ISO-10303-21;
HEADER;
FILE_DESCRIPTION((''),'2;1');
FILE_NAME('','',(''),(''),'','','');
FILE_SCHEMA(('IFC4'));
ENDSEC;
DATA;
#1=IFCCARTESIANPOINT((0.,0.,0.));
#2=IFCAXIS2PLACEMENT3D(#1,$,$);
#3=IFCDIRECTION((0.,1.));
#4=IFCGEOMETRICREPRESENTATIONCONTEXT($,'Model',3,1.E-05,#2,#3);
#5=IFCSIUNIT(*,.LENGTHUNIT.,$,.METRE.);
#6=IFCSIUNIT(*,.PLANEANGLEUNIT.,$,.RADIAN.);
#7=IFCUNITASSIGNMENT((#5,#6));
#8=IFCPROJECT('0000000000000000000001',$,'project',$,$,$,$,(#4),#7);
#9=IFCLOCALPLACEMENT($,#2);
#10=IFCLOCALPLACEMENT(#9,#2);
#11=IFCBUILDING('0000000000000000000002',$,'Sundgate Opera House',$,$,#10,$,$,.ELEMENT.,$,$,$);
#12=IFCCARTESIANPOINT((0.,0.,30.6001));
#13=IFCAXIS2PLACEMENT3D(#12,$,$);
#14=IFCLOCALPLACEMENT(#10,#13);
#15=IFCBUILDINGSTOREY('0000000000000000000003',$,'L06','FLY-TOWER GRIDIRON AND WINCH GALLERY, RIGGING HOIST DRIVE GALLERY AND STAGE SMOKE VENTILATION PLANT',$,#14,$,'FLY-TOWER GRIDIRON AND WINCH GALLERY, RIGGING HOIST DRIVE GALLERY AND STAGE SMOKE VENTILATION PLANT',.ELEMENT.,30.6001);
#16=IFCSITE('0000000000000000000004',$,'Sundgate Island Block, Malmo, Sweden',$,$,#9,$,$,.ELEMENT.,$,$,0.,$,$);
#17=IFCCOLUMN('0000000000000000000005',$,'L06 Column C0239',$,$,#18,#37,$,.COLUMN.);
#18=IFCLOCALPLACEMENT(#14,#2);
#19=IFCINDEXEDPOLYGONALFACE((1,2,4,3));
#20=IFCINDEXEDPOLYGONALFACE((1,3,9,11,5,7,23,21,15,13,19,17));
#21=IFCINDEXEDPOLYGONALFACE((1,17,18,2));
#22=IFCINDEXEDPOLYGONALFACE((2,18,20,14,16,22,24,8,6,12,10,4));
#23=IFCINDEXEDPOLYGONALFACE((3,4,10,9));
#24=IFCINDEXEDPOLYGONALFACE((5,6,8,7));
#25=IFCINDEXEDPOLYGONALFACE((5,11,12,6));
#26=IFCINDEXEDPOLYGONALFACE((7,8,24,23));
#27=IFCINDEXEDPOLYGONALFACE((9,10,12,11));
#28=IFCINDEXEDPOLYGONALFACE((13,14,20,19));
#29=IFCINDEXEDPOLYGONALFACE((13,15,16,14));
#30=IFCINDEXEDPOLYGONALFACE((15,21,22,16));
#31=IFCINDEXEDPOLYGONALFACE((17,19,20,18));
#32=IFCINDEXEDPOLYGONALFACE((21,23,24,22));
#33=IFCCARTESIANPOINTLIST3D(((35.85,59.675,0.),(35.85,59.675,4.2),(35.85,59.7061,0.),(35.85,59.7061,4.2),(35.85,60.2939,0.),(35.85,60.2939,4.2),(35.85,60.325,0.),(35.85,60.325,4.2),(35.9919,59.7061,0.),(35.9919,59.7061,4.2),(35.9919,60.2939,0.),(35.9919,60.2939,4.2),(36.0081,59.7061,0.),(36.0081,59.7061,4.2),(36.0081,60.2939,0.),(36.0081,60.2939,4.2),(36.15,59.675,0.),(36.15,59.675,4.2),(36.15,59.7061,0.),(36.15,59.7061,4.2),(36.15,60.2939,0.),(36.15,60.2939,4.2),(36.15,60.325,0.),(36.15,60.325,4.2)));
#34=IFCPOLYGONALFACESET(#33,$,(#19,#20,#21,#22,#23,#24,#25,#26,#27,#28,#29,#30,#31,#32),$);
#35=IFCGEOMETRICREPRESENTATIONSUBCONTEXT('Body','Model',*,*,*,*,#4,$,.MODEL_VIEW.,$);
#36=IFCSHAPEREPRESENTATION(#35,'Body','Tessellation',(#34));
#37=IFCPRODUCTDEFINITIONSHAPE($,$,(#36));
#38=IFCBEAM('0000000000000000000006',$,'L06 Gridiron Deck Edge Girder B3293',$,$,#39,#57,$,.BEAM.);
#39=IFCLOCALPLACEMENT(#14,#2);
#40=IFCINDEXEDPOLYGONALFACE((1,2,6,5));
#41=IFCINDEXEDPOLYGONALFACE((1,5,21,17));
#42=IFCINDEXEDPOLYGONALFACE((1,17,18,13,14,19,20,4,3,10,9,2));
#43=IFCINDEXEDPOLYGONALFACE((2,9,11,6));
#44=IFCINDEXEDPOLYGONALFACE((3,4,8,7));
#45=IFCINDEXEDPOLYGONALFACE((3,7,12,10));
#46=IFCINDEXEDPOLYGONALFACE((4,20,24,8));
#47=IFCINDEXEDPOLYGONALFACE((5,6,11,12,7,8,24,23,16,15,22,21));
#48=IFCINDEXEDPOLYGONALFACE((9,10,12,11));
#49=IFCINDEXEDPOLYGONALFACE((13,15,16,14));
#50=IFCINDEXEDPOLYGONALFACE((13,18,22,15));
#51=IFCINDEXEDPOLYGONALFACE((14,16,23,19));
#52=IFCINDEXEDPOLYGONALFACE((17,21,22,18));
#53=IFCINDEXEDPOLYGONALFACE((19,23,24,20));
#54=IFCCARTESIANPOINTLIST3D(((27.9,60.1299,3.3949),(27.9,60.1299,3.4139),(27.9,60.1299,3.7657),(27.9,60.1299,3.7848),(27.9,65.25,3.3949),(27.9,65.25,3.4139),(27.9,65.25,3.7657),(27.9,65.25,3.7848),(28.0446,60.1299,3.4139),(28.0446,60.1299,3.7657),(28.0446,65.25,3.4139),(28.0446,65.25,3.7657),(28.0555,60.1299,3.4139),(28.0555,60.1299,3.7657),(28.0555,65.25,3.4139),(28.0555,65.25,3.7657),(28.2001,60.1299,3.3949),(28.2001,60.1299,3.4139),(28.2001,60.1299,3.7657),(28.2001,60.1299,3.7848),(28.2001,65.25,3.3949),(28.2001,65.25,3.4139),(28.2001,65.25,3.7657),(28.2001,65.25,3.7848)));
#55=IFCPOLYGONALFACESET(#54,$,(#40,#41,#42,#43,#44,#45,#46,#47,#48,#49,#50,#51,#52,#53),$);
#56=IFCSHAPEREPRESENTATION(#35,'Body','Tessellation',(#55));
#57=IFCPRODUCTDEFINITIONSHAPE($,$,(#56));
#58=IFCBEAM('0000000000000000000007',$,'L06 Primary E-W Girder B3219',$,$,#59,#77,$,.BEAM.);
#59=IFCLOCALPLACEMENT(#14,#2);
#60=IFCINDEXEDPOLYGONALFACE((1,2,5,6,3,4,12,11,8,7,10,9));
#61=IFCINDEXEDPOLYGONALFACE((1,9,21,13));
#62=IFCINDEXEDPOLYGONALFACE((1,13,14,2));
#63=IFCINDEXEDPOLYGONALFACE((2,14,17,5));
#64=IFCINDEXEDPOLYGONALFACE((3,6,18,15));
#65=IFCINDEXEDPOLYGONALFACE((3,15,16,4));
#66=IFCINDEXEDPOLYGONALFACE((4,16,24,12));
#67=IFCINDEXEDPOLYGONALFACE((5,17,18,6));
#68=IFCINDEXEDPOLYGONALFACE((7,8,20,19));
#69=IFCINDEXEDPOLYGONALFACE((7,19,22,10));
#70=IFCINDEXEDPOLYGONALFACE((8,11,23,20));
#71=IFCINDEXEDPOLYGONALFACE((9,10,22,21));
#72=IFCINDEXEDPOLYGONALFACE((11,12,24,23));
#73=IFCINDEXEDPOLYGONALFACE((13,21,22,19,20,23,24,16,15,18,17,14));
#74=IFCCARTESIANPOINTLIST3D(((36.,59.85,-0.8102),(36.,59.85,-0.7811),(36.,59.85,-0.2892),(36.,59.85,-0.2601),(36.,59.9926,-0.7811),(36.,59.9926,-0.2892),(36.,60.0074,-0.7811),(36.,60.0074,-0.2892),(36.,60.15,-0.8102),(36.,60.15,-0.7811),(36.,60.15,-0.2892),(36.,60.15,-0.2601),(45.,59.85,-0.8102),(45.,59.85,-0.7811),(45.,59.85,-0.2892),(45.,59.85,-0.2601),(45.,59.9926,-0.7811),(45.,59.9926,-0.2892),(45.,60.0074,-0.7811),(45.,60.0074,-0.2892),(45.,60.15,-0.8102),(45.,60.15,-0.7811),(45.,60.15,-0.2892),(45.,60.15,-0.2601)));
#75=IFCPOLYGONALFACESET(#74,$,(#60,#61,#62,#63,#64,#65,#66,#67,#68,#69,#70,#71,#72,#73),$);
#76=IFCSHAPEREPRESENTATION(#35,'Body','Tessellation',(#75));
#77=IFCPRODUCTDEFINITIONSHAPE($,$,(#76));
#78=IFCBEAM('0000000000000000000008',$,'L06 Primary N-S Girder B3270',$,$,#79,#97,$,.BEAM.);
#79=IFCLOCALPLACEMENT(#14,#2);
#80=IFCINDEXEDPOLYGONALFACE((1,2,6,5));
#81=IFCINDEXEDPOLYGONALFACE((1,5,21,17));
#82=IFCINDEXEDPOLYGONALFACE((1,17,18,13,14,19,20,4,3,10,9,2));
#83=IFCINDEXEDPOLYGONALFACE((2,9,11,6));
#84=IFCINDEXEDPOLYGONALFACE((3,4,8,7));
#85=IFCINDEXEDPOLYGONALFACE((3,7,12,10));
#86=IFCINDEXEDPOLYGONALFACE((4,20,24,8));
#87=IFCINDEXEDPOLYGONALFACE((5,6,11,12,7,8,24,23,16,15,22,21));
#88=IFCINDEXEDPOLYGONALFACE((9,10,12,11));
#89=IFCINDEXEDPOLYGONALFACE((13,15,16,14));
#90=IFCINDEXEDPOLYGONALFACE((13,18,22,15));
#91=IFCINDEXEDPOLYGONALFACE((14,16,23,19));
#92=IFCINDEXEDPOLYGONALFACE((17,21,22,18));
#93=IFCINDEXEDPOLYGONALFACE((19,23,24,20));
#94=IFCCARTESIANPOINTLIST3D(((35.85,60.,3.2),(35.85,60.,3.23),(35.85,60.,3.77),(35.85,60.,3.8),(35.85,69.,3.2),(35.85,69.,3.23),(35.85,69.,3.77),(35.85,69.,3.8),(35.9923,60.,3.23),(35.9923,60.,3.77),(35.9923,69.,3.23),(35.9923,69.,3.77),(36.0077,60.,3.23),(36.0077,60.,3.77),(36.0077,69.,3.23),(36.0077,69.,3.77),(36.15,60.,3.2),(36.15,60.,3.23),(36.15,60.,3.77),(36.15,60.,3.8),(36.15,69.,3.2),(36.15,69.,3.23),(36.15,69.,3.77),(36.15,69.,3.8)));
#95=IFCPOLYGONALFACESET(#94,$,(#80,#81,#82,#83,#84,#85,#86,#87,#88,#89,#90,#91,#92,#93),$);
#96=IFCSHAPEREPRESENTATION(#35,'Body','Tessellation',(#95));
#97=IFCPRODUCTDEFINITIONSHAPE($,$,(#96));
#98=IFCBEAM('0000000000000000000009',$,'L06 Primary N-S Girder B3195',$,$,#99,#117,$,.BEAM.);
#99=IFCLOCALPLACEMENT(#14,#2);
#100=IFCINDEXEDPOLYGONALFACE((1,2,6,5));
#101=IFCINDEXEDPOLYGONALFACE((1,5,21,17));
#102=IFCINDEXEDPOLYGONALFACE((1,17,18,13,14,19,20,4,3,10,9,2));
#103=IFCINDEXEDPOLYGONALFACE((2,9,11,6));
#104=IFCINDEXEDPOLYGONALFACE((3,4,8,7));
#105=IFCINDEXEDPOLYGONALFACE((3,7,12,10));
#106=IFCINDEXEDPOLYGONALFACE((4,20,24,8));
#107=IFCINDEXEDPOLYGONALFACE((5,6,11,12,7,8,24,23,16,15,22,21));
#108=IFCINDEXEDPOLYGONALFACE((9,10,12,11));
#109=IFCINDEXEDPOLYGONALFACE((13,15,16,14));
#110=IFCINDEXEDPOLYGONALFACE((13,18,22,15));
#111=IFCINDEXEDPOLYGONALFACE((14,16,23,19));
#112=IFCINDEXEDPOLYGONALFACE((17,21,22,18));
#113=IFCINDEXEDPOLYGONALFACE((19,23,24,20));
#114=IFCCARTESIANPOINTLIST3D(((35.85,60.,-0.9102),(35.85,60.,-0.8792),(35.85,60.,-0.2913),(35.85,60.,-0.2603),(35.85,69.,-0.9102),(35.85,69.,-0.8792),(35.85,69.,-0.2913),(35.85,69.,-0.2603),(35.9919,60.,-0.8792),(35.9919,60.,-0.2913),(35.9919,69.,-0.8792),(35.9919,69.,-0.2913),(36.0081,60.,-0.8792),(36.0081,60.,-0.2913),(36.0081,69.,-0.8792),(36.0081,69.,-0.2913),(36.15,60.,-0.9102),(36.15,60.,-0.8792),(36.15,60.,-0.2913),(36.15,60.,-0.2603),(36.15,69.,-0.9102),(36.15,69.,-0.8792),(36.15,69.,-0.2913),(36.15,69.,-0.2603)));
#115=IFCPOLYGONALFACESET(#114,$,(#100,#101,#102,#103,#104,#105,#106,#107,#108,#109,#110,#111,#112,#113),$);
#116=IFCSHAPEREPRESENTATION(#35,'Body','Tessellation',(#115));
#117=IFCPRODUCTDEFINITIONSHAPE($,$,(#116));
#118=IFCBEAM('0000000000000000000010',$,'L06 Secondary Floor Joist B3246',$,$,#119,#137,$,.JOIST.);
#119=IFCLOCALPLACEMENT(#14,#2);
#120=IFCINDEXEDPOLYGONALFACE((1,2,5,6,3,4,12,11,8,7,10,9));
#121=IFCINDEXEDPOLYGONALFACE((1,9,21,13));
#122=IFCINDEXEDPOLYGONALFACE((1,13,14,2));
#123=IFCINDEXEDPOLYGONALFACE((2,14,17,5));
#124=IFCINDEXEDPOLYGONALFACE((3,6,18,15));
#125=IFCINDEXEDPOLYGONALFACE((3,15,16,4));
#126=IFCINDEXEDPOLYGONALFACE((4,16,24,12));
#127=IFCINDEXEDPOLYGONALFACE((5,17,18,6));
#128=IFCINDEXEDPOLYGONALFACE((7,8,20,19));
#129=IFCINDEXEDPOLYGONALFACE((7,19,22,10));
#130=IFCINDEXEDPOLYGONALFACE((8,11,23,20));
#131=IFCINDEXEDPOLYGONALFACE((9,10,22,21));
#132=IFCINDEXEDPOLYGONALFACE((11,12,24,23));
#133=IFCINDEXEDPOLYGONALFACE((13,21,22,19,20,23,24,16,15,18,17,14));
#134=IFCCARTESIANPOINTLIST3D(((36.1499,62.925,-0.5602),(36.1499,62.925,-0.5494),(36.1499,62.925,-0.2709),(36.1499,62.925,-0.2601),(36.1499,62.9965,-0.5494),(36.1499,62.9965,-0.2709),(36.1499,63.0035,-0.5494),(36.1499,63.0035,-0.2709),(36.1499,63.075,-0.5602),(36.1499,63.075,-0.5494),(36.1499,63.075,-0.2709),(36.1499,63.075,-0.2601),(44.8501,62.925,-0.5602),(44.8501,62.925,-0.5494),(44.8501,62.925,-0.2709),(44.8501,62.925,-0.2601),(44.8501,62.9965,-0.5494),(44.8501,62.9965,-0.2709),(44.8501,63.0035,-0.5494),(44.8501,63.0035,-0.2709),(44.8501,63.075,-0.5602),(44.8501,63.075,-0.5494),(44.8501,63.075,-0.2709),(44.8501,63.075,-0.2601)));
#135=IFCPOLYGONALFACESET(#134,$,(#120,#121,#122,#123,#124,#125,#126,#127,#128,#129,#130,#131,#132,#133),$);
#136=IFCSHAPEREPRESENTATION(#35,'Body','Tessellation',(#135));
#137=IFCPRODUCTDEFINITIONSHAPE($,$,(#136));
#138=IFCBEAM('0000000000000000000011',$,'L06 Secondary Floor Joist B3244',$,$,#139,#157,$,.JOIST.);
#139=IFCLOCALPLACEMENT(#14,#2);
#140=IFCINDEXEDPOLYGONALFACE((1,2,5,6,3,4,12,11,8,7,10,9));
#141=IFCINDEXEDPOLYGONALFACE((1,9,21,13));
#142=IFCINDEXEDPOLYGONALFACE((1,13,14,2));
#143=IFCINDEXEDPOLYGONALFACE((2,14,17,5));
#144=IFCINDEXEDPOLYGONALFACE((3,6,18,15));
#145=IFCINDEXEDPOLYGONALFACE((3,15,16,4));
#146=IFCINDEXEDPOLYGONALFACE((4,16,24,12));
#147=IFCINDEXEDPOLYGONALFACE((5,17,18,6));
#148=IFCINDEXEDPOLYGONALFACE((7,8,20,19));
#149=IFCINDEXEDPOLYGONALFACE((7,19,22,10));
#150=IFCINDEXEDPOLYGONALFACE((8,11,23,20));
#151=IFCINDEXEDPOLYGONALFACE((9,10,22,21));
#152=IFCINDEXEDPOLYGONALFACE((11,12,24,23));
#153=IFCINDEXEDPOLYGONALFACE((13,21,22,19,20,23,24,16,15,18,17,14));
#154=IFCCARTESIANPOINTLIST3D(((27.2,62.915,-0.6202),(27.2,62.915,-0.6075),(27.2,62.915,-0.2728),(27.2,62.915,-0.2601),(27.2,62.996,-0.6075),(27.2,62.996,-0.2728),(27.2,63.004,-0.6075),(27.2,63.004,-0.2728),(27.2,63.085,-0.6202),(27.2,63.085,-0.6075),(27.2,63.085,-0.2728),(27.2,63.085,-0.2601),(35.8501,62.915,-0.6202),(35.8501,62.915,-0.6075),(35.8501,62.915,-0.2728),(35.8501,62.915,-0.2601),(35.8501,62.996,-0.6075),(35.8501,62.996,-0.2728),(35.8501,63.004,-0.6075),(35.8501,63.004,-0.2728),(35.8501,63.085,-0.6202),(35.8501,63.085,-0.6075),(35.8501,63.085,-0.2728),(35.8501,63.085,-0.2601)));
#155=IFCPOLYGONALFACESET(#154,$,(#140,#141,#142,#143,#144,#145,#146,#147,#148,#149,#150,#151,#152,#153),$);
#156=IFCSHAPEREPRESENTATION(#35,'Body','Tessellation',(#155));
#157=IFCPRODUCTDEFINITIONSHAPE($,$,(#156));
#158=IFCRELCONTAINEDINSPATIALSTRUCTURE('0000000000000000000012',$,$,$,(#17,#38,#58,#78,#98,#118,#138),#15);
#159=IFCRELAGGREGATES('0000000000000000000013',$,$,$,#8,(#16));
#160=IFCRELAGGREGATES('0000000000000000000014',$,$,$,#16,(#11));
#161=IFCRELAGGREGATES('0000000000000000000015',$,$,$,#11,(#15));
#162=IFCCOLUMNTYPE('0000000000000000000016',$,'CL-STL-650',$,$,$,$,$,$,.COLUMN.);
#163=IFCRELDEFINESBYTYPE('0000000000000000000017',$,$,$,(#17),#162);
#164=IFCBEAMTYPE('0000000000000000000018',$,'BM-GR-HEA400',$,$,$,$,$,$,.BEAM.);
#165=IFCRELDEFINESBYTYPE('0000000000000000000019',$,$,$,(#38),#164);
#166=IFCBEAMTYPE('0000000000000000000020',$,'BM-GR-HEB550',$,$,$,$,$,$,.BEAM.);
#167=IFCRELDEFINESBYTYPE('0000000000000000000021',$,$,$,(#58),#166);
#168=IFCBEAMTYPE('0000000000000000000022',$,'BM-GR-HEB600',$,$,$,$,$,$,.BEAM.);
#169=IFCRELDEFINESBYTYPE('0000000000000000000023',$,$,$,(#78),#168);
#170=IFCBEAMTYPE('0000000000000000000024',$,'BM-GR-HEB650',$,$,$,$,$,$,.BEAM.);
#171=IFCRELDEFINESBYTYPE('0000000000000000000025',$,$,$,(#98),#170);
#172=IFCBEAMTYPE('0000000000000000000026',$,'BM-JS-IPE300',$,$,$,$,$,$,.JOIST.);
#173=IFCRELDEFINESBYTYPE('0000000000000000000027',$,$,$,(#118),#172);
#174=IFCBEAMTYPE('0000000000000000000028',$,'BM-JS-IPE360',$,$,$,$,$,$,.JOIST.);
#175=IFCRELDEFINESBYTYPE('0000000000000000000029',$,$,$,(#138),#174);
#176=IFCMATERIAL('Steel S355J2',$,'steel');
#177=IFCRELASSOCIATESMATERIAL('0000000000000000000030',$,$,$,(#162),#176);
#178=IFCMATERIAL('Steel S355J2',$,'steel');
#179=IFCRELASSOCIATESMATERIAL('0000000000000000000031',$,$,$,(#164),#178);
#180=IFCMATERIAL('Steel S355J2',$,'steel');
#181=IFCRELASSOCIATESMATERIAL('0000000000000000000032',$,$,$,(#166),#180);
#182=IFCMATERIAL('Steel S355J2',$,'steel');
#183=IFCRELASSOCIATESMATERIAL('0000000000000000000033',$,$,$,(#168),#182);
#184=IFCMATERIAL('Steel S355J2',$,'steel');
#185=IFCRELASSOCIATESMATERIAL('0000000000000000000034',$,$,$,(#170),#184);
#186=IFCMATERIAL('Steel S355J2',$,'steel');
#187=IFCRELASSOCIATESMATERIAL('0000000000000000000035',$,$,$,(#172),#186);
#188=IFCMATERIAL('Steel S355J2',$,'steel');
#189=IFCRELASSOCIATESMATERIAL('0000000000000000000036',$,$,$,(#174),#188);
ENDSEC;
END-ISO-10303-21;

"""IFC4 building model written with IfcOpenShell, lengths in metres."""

from ifc_helpers import new_model, si_unit, direction, frame, origin, origin_2d, place, context, subcontext, project, spatial, i_section, extrude, material, material_profile, profile_set, type_object, element, save


model = new_model("IFC4")

# Units and contexts
model_context = context("Model", 3, precision=1e-05, world=origin(), true_north=direction((0.0, 1.0)))
body_context = subcontext(model_context, "Body", "Model", "MODEL_VIEW")
ifc_project = project(units=[si_unit("LENGTHUNIT", "METRE"), si_unit("PLANEANGLEUNIT", "RADIAN")], contexts=[model_context])

# Site, building, storey
site_placement = place(None, origin())
site = spatial("IfcSite", under=ifc_project, at=site_placement, Name="Sundgate Island Block, Malmo, Sweden", CompositionType="ELEMENT", RefElevation=0.0)
building_placement = place(site_placement, origin())
building = spatial("IfcBuilding", under=site, at=building_placement, Name="Sundgate Opera House", CompositionType="ELEMENT")
storey_placement = place(building_placement, frame((0.0, 0.0, 30.6001)))
storey = spatial("IfcBuildingStorey", under=building, at=storey_placement, Name="L06", Description="FLY-TOWER GRIDIRON AND WINCH GALLERY, RIGGING HOIST DRIVE GALLERY AND STAGE SMOKE VENTILATION PLANT", LongName="FLY-TOWER GRIDIRON AND WINCH GALLERY, RIGGING HOIST DRIVE GALLERY AND STAGE SMOKE VENTILATION PLANT", CompositionType="ELEMENT", Elevation=30.6001)

# Column
ifc_material_1 = material(Name="Steel S355J2", Category="steel")
ifc_material_profile_1 = material_profile(ifc_material_1, i_section(OverallWidth=0.3, OverallDepth=0.6499, WebThickness=0.0161, FlangeThickness=0.031, at=origin_2d()), Name="HEB 650")
ifc_profile_set_1 = profile_set([ifc_material_profile_1], Name="Steel S355J2")
column_type = type_object("IfcColumnType", Name="CL-STL-650", PredefinedType="COLUMN", material=ifc_profile_set_1)
column_placement = place(storey_placement, frame((36.0, 60.0, 0.0), z_axis=(0.0, 0.0, 1.0), x_axis=(1.0, 0.0, 0.0)))
element("IfcColumn", 1, at=column_placement, inside=storey, type_object=column_type, Name="L06 Column C0239", PredefinedType="COLUMN", context=body_context, shape_type="SweptSolid", body=[
    extrude(i_section(OverallWidth=0.3, OverallDepth=0.6499, WebThickness=0.0161, FlangeThickness=0.031, at=origin_2d()), origin(), (0.0, 0.0, 1.0), 4.2),
])

# Beams
ifc_material_2 = material(Name="Steel S355J2", Category="steel")
ifc_material_profile_2 = material_profile(ifc_material_2, i_section(OverallWidth=0.3, OverallDepth=0.3899, WebThickness=0.011, FlangeThickness=0.019, at=origin_2d()), Name="HEA 400")
ifc_profile_set_2 = profile_set([ifc_material_profile_2], Name="Steel S355J2")
beam_type_1 = type_object("IfcBeamType", Name="BM-GR-HEA400", PredefinedType="BEAM", material=ifc_profile_set_2)
beam_1_placement = place(storey_placement, frame((28.05, 60.1299, 3.5898), z_axis=(0.0, 1.0, 0.0), x_axis=(-1.0, 0.0, 0.0)))
element("IfcBeam", 2, at=beam_1_placement, inside=storey, type_object=beam_type_1, Name="L06 Gridiron Deck Edge Girder B3293", PredefinedType="BEAM", context=body_context, shape_type="SweptSolid", body=[
    extrude(i_section(OverallWidth=0.3, OverallDepth=0.3899, WebThickness=0.011, FlangeThickness=0.019, at=origin_2d()), origin(), (0.0, 0.0, 1.0), 5.1201),
])
ifc_material_3 = material(Name="Steel S355J2", Category="steel")
ifc_material_profile_3 = material_profile(ifc_material_3, i_section(OverallWidth=0.3, OverallDepth=0.55, WebThickness=0.0149, FlangeThickness=0.0291, at=origin_2d()), Name="HEB 550")
ifc_profile_set_3 = profile_set([ifc_material_profile_3], Name="Steel S355J2")
beam_type_2 = type_object("IfcBeamType", Name="BM-GR-HEB550", PredefinedType="BEAM", material=ifc_profile_set_3)
beam_2_placement = place(storey_placement, frame((36.0, 60.0, -0.5352), z_axis=(1.0, 0.0, 0.0), x_axis=(0.0, 1.0, 0.0)))
element("IfcBeam", 3, at=beam_2_placement, inside=storey, type_object=beam_type_2, Name="L06 Primary E-W Girder B3219", PredefinedType="BEAM", context=body_context, shape_type="SweptSolid", body=[
    extrude(i_section(OverallWidth=0.3, OverallDepth=0.55, WebThickness=0.0149, FlangeThickness=0.0291, at=origin_2d()), origin(), (0.0, 0.0, 1.0), 9.0),
])
ifc_material_4 = material(Name="Steel S355J2", Category="steel")
ifc_material_profile_4 = material_profile(ifc_material_4, i_section(OverallWidth=0.3, OverallDepth=0.6001, WebThickness=0.0154, FlangeThickness=0.03, at=origin_2d()), Name="HEB 600")
ifc_profile_set_4 = profile_set([ifc_material_profile_4], Name="Steel S355J2")
beam_type_3 = type_object("IfcBeamType", Name="BM-GR-HEB600", PredefinedType="BEAM", material=ifc_profile_set_4)
beam_3_placement = place(storey_placement, frame((36.0, 60.0, 3.5), z_axis=(0.0, 1.0, 0.0), x_axis=(-1.0, 0.0, 0.0)))
element("IfcBeam", 4, at=beam_3_placement, inside=storey, type_object=beam_type_3, Name="L06 Primary N-S Girder B3270", PredefinedType="BEAM", context=body_context, shape_type="SweptSolid", body=[
    extrude(i_section(OverallWidth=0.3, OverallDepth=0.6001, WebThickness=0.0154, FlangeThickness=0.03, at=origin_2d()), origin(), (0.0, 0.0, 1.0), 9.0),
])
ifc_material_5 = material(Name="Steel S355J2", Category="steel")
ifc_material_profile_5 = material_profile(ifc_material_5, i_section(OverallWidth=0.3, OverallDepth=0.6499, WebThickness=0.0161, FlangeThickness=0.031, at=origin_2d()), Name="HEB 650")
ifc_profile_set_5 = profile_set([ifc_material_profile_5], Name="Steel S355J2")
beam_type_4 = type_object("IfcBeamType", Name="BM-GR-HEB650", PredefinedType="BEAM", material=ifc_profile_set_5)
beam_4_placement = place(storey_placement, frame((36.0, 60.0, -0.5852), z_axis=(0.0, 1.0, 0.0), x_axis=(-1.0, 0.0, 0.0)))
element("IfcBeam", 5, at=beam_4_placement, inside=storey, type_object=beam_type_4, Name="L06 Primary N-S Girder B3195", PredefinedType="BEAM", context=body_context, shape_type="SweptSolid", body=[
    extrude(i_section(OverallWidth=0.3, OverallDepth=0.6499, WebThickness=0.0161, FlangeThickness=0.031, at=origin_2d()), origin(), (0.0, 0.0, 1.0), 9.0),
])
ifc_material_6 = material(Name="Steel S355J2", Category="steel")
ifc_material_profile_6 = material_profile(ifc_material_6, i_section(OverallWidth=0.1499, OverallDepth=0.3, WebThickness=0.0071, FlangeThickness=0.0107, at=origin_2d()), Name="IPE 300")
ifc_profile_set_6 = profile_set([ifc_material_profile_6], Name="Steel S355J2")
beam_type_5 = type_object("IfcBeamType", Name="BM-JS-IPE300", PredefinedType="JOIST", material=ifc_profile_set_6)
beam_5_placement = place(storey_placement, frame((36.1499, 63.0, -0.4102), z_axis=(1.0, 0.0, 0.0), x_axis=(0.0, 1.0, 0.0)))
element("IfcBeam", 6, at=beam_5_placement, inside=storey, type_object=beam_type_5, Name="L06 Secondary Floor Joist B3246", PredefinedType="JOIST", context=body_context, shape_type="SweptSolid", body=[
    extrude(i_section(OverallWidth=0.1499, OverallDepth=0.3, WebThickness=0.0071, FlangeThickness=0.0107, at=origin_2d()), origin(), (0.0, 0.0, 1.0), 8.7002),
])
ifc_material_7 = material(Name="Steel S355J2", Category="steel")
ifc_material_profile_7 = material_profile(ifc_material_7, i_section(OverallWidth=0.1699, OverallDepth=0.3601, WebThickness=0.0081, FlangeThickness=0.0127, at=origin_2d()), Name="IPE 360")
ifc_profile_set_7 = profile_set([ifc_material_profile_7], Name="Steel S355J2")
beam_type_6 = type_object("IfcBeamType", Name="BM-JS-IPE360", PredefinedType="JOIST", material=ifc_profile_set_7)
beam_6_placement = place(storey_placement, frame((27.2, 63.0, -0.4402), z_axis=(1.0, 0.0, 0.0), x_axis=(0.0, 1.0, 0.0)))
element("IfcBeam", 7, at=beam_6_placement, inside=storey, type_object=beam_type_6, Name="L06 Secondary Floor Joist B3244", PredefinedType="JOIST", context=body_context, shape_type="SweptSolid", body=[
    extrude(i_section(OverallWidth=0.1699, OverallDepth=0.3601, WebThickness=0.0081, FlangeThickness=0.0127, at=origin_2d()), origin(), (0.0, 0.0, 1.0), 8.6501),
])

save(model, "model.ifc")
